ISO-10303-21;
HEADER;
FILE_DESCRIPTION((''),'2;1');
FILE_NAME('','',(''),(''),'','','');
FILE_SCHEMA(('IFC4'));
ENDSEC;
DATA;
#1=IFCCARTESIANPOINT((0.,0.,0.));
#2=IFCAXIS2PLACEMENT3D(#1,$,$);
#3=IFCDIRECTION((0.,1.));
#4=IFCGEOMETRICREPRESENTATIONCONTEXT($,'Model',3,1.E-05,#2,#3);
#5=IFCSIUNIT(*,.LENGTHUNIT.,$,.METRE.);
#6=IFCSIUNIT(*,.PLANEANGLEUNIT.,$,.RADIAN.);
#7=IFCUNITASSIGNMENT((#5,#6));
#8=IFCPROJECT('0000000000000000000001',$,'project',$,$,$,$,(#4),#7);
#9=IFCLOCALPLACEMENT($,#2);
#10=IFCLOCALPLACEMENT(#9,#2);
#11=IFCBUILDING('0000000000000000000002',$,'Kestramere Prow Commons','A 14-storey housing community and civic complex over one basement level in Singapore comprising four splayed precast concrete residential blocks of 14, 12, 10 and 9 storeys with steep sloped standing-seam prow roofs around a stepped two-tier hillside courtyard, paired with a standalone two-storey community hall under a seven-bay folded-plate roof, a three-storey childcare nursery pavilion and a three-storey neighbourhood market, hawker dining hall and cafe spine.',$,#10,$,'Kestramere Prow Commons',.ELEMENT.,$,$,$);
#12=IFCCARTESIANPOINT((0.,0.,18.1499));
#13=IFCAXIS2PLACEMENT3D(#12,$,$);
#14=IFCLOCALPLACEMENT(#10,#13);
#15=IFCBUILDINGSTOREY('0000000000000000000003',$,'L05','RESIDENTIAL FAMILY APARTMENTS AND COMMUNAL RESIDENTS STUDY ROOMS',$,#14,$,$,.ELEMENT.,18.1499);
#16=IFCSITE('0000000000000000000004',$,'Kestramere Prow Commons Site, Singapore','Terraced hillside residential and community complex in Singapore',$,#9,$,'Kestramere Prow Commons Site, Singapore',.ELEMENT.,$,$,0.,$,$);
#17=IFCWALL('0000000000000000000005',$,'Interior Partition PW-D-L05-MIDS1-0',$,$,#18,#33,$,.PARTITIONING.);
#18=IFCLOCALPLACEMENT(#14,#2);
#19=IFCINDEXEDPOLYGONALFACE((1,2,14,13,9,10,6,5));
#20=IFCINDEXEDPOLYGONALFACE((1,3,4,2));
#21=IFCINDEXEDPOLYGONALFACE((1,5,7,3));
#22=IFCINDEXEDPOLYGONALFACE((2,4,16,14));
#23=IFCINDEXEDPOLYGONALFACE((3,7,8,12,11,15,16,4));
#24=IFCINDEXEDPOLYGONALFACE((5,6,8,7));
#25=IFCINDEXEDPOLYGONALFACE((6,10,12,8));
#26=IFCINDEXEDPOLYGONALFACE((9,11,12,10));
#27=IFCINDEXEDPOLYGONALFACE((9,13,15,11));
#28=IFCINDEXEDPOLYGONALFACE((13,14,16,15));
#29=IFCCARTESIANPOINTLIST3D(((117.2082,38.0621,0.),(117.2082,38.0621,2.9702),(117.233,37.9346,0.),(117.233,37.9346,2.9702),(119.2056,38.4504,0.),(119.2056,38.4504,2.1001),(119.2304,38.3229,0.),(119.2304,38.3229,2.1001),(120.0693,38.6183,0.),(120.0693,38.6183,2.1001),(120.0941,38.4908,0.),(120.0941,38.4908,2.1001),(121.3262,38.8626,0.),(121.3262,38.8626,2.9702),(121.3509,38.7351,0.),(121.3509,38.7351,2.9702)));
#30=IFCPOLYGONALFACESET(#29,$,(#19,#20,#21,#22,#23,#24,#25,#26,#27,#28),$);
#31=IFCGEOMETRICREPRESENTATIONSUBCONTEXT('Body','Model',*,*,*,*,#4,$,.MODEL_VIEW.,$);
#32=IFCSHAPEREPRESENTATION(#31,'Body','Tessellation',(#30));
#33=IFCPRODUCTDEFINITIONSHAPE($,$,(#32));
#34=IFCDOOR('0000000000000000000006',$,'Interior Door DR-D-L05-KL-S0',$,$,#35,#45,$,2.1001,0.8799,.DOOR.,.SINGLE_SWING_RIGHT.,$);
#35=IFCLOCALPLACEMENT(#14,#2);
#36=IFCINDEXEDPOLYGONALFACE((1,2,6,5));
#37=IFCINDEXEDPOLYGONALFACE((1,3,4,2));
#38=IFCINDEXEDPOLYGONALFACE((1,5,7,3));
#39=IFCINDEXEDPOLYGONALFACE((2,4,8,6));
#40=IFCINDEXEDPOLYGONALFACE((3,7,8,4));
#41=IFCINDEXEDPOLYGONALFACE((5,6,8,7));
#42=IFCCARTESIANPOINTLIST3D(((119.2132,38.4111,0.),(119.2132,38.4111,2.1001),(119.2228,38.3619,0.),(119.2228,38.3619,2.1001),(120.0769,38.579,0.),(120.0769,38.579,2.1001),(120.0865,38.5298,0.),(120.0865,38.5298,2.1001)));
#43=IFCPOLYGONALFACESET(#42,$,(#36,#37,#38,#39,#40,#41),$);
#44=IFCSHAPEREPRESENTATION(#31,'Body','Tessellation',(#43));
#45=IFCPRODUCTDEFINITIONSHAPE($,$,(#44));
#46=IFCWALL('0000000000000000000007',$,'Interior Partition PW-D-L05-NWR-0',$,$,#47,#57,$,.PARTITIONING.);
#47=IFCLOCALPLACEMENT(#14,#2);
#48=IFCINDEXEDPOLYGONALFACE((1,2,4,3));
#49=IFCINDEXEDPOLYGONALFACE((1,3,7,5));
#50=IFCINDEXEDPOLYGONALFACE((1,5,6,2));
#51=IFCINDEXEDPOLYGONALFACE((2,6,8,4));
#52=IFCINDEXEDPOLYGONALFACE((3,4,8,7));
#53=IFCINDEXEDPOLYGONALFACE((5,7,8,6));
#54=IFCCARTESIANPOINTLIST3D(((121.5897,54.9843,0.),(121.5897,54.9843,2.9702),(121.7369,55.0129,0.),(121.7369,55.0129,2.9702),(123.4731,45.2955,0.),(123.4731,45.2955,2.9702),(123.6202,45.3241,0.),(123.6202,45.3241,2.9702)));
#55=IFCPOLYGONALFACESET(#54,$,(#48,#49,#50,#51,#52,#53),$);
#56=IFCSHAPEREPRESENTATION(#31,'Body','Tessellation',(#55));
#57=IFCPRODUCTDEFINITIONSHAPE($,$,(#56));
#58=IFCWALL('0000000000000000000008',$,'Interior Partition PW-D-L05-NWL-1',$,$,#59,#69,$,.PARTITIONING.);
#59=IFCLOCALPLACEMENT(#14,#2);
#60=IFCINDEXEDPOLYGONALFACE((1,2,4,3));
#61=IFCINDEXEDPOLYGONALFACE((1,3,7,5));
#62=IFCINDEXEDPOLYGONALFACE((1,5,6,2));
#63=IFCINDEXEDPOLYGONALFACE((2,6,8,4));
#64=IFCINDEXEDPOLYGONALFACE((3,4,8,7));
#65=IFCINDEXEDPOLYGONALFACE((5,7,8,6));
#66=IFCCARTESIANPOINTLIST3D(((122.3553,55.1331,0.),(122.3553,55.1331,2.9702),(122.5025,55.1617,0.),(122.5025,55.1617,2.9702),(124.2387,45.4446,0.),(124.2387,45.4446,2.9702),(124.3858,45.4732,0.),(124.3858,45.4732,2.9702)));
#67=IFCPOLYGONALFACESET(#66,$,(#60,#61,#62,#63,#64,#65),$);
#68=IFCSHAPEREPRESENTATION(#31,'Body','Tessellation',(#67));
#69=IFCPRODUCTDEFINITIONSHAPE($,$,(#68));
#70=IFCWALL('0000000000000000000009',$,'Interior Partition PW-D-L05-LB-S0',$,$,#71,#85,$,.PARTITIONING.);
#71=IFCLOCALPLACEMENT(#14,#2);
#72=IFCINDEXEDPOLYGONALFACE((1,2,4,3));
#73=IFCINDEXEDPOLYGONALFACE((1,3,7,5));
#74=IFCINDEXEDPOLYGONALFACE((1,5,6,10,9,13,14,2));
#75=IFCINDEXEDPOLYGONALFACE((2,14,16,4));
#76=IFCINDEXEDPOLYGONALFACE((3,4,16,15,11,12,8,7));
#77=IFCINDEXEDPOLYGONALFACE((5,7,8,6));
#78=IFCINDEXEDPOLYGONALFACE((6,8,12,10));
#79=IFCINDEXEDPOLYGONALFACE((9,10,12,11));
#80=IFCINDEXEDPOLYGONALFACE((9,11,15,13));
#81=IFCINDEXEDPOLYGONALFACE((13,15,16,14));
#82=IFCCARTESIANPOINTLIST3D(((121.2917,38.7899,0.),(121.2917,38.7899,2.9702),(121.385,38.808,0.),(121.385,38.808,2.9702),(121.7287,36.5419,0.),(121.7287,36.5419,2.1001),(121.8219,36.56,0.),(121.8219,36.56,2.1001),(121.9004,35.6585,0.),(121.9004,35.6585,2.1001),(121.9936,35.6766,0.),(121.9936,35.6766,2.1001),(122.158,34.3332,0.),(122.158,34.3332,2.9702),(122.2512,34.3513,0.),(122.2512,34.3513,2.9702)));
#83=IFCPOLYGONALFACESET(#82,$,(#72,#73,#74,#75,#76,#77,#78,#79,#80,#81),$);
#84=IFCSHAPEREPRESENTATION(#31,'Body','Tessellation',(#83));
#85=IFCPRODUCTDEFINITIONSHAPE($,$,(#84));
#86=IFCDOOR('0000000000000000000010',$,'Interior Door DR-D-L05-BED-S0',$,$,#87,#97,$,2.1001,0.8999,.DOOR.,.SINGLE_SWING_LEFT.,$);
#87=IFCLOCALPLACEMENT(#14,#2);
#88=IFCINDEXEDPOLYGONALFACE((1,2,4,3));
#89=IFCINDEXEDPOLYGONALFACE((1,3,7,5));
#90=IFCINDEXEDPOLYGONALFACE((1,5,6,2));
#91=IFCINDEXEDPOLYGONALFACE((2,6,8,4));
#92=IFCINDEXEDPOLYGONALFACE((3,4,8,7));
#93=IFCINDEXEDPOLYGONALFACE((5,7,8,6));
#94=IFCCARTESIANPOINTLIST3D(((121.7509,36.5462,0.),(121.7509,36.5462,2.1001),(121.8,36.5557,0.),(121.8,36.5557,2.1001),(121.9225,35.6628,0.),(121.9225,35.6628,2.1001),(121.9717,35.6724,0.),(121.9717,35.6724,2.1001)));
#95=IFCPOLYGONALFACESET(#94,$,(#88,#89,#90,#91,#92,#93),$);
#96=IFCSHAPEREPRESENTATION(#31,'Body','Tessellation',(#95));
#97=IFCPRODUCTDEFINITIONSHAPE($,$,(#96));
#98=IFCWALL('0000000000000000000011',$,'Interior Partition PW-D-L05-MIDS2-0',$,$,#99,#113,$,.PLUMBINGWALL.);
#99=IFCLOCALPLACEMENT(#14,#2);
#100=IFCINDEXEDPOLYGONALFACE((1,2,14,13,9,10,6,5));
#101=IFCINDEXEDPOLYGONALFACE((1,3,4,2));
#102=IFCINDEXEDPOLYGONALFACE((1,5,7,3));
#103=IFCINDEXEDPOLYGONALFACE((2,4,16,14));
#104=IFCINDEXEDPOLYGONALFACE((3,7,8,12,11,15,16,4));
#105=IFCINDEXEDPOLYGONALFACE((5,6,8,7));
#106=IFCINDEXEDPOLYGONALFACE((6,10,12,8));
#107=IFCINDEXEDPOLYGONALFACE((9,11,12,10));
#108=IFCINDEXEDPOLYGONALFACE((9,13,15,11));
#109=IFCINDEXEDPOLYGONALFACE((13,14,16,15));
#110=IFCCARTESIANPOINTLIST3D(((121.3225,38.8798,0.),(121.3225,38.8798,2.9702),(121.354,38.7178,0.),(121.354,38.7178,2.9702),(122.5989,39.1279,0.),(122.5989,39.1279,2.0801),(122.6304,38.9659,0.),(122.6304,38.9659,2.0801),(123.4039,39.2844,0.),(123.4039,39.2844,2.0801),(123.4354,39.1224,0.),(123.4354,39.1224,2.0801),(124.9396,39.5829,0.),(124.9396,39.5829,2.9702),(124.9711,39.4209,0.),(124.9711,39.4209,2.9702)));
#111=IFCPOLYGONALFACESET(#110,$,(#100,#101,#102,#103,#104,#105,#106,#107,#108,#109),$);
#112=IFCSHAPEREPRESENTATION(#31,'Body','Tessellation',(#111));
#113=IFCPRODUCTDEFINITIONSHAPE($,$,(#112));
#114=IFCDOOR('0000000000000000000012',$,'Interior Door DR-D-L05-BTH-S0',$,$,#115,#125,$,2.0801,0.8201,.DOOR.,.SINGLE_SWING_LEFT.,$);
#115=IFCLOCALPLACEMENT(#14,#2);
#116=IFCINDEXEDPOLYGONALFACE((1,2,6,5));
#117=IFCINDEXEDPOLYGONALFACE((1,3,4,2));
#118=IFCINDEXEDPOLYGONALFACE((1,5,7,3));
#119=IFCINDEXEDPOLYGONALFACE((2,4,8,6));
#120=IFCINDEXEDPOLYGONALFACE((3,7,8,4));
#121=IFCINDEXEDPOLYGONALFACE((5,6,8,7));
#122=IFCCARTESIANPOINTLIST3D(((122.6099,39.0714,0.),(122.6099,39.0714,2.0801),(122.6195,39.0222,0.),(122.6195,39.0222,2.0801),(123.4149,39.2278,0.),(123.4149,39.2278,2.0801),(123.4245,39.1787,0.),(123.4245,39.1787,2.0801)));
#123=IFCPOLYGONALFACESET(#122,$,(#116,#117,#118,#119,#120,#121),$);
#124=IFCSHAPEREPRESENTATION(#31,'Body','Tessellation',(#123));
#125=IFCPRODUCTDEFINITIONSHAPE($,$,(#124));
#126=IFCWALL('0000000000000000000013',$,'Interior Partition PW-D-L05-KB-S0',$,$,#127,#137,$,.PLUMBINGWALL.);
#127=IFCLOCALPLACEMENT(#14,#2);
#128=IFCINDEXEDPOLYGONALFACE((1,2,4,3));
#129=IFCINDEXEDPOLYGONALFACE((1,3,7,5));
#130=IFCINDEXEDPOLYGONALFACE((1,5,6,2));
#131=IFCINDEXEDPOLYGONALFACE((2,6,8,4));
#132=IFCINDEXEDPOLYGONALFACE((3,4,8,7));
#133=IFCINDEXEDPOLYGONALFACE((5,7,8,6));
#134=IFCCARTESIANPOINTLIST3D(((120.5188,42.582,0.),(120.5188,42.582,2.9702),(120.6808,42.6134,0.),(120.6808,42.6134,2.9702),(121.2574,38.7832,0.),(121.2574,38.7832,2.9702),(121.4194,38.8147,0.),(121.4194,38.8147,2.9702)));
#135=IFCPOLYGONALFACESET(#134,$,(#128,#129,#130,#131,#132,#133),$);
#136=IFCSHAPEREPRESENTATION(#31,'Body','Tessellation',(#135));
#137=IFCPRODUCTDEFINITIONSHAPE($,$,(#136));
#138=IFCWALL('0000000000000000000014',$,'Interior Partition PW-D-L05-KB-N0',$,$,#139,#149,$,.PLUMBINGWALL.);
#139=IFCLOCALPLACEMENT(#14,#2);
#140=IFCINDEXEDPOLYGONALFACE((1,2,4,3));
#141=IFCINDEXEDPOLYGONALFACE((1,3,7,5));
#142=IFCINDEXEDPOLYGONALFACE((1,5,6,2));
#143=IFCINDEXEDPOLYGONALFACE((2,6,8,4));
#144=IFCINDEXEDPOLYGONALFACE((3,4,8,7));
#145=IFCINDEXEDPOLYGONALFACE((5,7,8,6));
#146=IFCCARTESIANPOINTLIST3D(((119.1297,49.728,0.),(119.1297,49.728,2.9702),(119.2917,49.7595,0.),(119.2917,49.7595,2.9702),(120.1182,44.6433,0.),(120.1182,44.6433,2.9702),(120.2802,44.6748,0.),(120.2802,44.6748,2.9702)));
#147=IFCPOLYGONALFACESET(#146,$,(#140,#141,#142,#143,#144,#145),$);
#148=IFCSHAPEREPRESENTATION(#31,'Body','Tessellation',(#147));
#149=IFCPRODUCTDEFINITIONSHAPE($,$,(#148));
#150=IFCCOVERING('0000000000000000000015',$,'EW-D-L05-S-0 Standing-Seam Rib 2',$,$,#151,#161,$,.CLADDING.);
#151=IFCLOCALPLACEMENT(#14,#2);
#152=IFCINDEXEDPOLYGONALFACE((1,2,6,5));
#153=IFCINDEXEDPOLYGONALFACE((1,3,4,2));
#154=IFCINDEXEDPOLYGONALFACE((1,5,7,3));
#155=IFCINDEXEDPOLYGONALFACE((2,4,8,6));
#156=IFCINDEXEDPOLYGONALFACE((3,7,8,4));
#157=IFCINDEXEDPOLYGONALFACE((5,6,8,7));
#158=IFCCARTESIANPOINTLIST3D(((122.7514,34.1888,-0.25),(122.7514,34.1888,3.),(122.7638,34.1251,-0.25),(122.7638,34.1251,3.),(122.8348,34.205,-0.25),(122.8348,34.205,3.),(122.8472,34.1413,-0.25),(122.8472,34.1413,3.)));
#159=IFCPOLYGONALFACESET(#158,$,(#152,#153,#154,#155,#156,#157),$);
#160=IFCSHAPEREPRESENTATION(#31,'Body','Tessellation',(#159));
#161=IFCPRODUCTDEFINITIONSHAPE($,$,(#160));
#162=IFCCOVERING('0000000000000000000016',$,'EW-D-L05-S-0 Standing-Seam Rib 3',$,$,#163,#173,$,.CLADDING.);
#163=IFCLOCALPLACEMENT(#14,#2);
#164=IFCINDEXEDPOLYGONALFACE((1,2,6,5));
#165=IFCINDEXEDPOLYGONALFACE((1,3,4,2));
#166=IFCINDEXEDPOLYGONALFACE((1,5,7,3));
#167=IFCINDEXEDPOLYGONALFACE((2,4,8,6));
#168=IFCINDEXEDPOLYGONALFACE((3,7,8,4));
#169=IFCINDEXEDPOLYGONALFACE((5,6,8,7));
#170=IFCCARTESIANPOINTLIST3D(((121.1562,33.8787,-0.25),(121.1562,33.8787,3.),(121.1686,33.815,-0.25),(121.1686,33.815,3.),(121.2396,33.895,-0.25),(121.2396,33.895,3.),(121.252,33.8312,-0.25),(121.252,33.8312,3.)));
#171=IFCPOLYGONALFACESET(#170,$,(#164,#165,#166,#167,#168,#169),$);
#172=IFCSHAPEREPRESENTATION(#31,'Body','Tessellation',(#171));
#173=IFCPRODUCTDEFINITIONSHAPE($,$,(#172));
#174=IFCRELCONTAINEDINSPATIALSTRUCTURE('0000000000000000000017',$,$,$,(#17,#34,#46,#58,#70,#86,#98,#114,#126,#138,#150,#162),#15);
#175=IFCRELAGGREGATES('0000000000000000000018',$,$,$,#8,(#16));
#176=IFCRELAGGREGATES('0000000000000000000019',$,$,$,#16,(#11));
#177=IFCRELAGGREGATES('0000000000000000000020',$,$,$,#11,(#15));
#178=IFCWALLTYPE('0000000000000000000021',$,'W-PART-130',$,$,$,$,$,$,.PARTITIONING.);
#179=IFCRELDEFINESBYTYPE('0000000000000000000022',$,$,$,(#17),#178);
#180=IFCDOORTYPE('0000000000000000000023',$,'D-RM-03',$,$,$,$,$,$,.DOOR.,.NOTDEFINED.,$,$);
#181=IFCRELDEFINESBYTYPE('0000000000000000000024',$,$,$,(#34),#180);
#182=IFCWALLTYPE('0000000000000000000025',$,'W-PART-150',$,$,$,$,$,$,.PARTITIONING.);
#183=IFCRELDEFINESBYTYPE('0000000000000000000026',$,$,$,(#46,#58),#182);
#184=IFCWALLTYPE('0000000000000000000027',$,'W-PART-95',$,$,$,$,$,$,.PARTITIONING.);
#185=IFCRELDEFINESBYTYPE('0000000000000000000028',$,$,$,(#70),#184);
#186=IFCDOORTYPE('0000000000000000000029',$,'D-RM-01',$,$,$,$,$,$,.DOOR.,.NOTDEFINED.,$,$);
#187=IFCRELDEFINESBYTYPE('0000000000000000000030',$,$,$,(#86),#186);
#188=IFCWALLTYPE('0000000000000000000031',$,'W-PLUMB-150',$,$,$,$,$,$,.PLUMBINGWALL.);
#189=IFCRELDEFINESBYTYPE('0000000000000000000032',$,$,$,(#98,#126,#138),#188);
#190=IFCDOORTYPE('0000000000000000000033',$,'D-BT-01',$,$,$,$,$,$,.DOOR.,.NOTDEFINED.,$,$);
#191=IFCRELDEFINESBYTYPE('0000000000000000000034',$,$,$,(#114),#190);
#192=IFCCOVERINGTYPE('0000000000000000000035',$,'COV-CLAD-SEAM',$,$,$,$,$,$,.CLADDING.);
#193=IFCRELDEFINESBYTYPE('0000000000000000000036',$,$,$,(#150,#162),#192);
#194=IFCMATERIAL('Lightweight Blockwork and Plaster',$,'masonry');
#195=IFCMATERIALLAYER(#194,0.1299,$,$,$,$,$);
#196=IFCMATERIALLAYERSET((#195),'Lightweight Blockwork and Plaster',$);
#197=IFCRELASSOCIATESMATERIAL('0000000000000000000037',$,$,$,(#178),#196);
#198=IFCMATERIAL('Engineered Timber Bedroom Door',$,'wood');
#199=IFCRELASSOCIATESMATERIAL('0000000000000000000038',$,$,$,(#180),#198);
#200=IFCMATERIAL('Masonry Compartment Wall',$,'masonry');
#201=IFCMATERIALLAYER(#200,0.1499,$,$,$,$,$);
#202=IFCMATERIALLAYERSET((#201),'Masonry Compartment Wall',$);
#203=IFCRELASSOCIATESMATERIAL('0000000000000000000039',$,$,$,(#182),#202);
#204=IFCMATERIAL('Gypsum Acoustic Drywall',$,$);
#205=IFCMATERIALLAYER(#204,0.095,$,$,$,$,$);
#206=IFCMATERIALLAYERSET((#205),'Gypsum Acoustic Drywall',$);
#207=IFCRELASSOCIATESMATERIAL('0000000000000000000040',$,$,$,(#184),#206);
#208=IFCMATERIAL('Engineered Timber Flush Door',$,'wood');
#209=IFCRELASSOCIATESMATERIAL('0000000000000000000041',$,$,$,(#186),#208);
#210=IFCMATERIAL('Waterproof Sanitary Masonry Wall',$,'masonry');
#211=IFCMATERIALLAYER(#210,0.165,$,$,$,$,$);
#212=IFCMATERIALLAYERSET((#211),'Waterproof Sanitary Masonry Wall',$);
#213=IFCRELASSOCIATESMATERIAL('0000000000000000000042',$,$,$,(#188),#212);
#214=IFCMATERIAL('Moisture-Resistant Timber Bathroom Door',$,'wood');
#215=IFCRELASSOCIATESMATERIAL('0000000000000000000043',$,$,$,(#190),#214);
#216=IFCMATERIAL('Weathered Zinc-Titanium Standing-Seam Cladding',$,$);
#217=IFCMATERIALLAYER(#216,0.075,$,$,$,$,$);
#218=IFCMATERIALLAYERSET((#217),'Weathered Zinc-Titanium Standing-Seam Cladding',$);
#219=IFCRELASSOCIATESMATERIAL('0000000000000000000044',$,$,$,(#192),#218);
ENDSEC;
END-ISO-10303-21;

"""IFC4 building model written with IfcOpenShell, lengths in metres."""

from ifc_helpers import new_model, si_unit, direction, frame, frame_2d, origin, origin_2d, place, context, subcontext, project, spatial, rectangle, extrude, material, layer, layer_set, type_object, element, fill, save


model = new_model("IFC4")

# Units and contexts
model_context = context("Model", 3, precision=1e-05, world=origin(), true_north=direction((0.0, 1.0)))
body_context = subcontext(model_context, "Body", "Model", "MODEL_VIEW")
ifc_project = project(units=[si_unit("LENGTHUNIT", "METRE"), si_unit("PLANEANGLEUNIT", "RADIAN")], contexts=[model_context])

# Site, building, storey
site_placement = place(None, origin())
site = spatial("IfcSite", under=ifc_project, at=site_placement, Name="Kestramere Prow Commons Site, Singapore", Description="Terraced hillside residential and community complex in Singapore", LongName="Kestramere Prow Commons Site, Singapore", CompositionType="ELEMENT", RefElevation=0.0)
building_placement = place(site_placement, origin())
building = spatial("IfcBuilding", under=site, at=building_placement, Name="Kestramere Prow Commons", Description="A 14-storey housing community and civic complex over one basement level in Singapore comprising four splayed precast concrete residential blocks of 14, 12, 10 and 9 storeys with steep sloped standing-seam prow roofs around a stepped two-tier hillside courtyard, paired with a standalone two-storey community hall under a seven-bay folded-plate roof, a three-storey childcare nursery pavilion and a three-storey neighbourhood market, hawker dining hall and cafe spine.", LongName="Kestramere Prow Commons", CompositionType="ELEMENT")
storey_placement = place(building_placement, frame((0.0, 0.0, 18.1499)))
storey = spatial("IfcBuildingStorey", under=building, at=storey_placement, Name="L05", Description="RESIDENTIAL FAMILY APARTMENTS AND COMMUNAL RESIDENTS STUDY ROOMS", CompositionType="ELEMENT", Elevation=18.1499)

# Wall, opening, door
ifc_material_1 = material(Name="Lightweight Blockwork and Plaster", Category="masonry")
ifc_layer_1 = layer(ifc_material_1, 0.1299)
ifc_layer_set_1 = layer_set([ifc_layer_1], Name="Lightweight Blockwork and Plaster")
wall_type_1 = type_object("IfcWallType", Name="W-PART-130", PredefinedType="PARTITIONING", material=ifc_layer_set_1)
wall_1_placement = place(storey_placement, frame((117.2205, 37.9983, 0.0), z_axis=(0.0, 0.0, 1.0), x_axis=(0.981623, 0.190831, 0.0)))
wall_1 = element("IfcWall", 1, at=wall_1_placement, inside=storey, type_object=wall_type_1, Name="Interior Partition PW-D-L05-MIDS1-0", PredefinedType="PARTITIONING", context=body_context, shape_type="SweptSolid", body=[
    extrude(rectangle(XDim=4.1951, YDim=0.1299, at=frame_2d((2.0977, 0.0))), origin(), (0.0, 0.0, 1.0), 2.9702),
])
opening_1_placement = place(wall_1_placement, frame((2.0349, 0.0, 0.0)))
opening_1 = element("IfcOpeningElement", 2, at=opening_1_placement, cuts=wall_1, PredefinedType="OPENING", context=body_context, shape_type="SweptSolid", body=[
    extrude(rectangle(XDim=0.8799, YDim=2.1001, at=frame_2d((0.4399, 1.05))), frame((0.0, 0.0798, 0.0), z_axis=(0.0, -1.0, 0.0), x_axis=(1.0, 0.0, 0.0)), (0.0, 0.0, 1.0), 0.1599),
])
ifc_material_2 = material(Name="Engineered Timber Bedroom Door", Category="wood")
door_type_1 = type_object("IfcDoorType", Name="D-RM-03", OperationType="NOTDEFINED", PredefinedType="DOOR", material=ifc_material_2)
door_1_placement = place(opening_1_placement, origin())
door_1 = element("IfcDoor", 3, at=door_1_placement, inside=storey, type_object=door_type_1, Name="Interior Door DR-D-L05-KL-S0", OperationType="SINGLE_SWING_RIGHT", OverallHeight=2.1001, OverallWidth=0.8799, PredefinedType="DOOR", context=body_context, shape_type="SweptSolid", body=[
    extrude(rectangle(XDim=0.8799, YDim=2.1001, at=frame_2d((0.4399, 1.05))), frame((0.0, 0.0249, 0.0), z_axis=(0.0, -1.0, 0.0), x_axis=(1.0, 0.0, 0.0)), (0.0, 0.0, 1.0), 0.05),
])
fill(opening_1, door_1)

# Walls
ifc_material_3 = material(Name="Masonry Compartment Wall", Category="masonry")
ifc_layer_2 = layer(ifc_material_3, 0.1499)
ifc_layer_set_2 = layer_set([ifc_layer_2], Name="Masonry Compartment Wall")
wall_type_2 = type_object("IfcWallType", Name="W-PART-150", PredefinedType="PARTITIONING", material=ifc_layer_set_2)
wall_2_placement = place(storey_placement, frame((123.5466, 45.3098, 0.0), z_axis=(0.0, 0.0, 1.0), x_axis=(-0.190809, 0.981627, 0.0)))
element("IfcWall", 4, at=wall_2_placement, inside=storey, type_object=wall_type_2, Name="Interior Partition PW-D-L05-NWR-0", PredefinedType="PARTITIONING", context=body_context, shape_type="SweptSolid", body=[
    extrude(rectangle(XDim=9.8701, YDim=0.1499, at=frame_2d((4.9351, 0.0))), origin(), (0.0, 0.0, 1.0), 2.9702),
])
wall_3_placement = place(storey_placement, frame((124.3123, 45.4587, 0.0), z_axis=(0.0, 0.0, 1.0), x_axis=(-0.190814, 0.981626, 0.0)))
element("IfcWall", 5, at=wall_3_placement, inside=storey, type_object=wall_type_2, Name="Interior Partition PW-D-L05-NWL-1", PredefinedType="PARTITIONING", context=body_context, shape_type="SweptSolid", body=[
    extrude(rectangle(XDim=9.8699, YDim=0.1499, at=frame_2d((4.9351, 0.0))), origin(), (0.0, 0.0, 1.0), 2.9702),
])

# Walls, openings, doors
ifc_material_4 = material(Name="Gypsum Acoustic Drywall")
ifc_layer_3 = layer(ifc_material_4, 0.095)
ifc_layer_set_3 = layer_set([ifc_layer_3], Name="Gypsum Acoustic Drywall")
wall_type_3 = type_object("IfcWallType", Name="W-PART-95", PredefinedType="PARTITIONING", material=ifc_layer_set_3)
wall_4_placement = place(storey_placement, frame((122.2046, 34.3423, 0.0), z_axis=(0.0, 0.0, 1.0), x_axis=(-0.190798, 0.981629, 0.0)))
wall_4 = element("IfcWall", 6, at=wall_4_placement, inside=storey, type_object=wall_type_3, Name="Interior Partition PW-D-L05-LB-S0", PredefinedType="PARTITIONING", context=body_context, shape_type="SweptSolid", body=[
    extrude(rectangle(XDim=4.54, YDim=0.095, at=frame_2d((2.27, 0.0))), origin(), (0.0, 0.0, 1.0), 2.9702),
])
opening_2_placement = place(wall_4_placement, frame((1.3501, 0.0, 0.0)))
opening_2 = element("IfcOpeningElement", 7, at=opening_2_placement, cuts=wall_4, PredefinedType="OPENING", context=body_context, shape_type="SweptSolid", body=[
    extrude(rectangle(XDim=0.8999, YDim=2.1001, at=frame_2d((0.45, 1.05))), frame((0.0, 0.0625, 0.0), z_axis=(0.0, -1.0, 0.0), x_axis=(1.0, 0.0, 0.0)), (0.0, 0.0, 1.0), 0.125),
])
ifc_material_5 = material(Name="Engineered Timber Flush Door", Category="wood")
door_type_2 = type_object("IfcDoorType", Name="D-RM-01", OperationType="NOTDEFINED", PredefinedType="DOOR", material=ifc_material_5)
door_2_placement = place(opening_2_placement, origin())
door_2 = element("IfcDoor", 8, at=door_2_placement, inside=storey, type_object=door_type_2, Name="Interior Door DR-D-L05-BED-S0", OperationType="SINGLE_SWING_LEFT", OverallHeight=2.1001, OverallWidth=0.8999, PredefinedType="DOOR", context=body_context, shape_type="SweptSolid", body=[
    extrude(rectangle(XDim=0.8999, YDim=2.1001, at=frame_2d((0.45, 1.05))), frame((0.0, 0.0249, 0.0), z_axis=(0.0, -1.0, 0.0), x_axis=(1.0, 0.0, 0.0)), (0.0, 0.0, 1.0), 0.05),
])
fill(opening_2, door_2)
ifc_material_6 = material(Name="Waterproof Sanitary Masonry Wall", Category="masonry")
ifc_layer_4 = layer(ifc_material_6, 0.165)
ifc_layer_set_4 = layer_set([ifc_layer_4], Name="Waterproof Sanitary Masonry Wall")
wall_type_4 = type_object("IfcWallType", Name="W-PLUMB-150", PredefinedType="PLUMBINGWALL", material=ifc_layer_set_4)
wall_5_placement = place(storey_placement, frame((121.3384, 38.7988, 0.0), z_axis=(0.0, 0.0, 1.0), x_axis=(0.981626, 0.190813, 0.0)))
wall_5 = element("IfcWall", 9, at=wall_5_placement, inside=storey, type_object=wall_type_4, Name="Interior Partition PW-D-L05-MIDS2-0", PredefinedType="PLUMBINGWALL", context=body_context, shape_type="SweptSolid", body=[
    extrude(rectangle(XDim=3.6848, YDim=0.165, at=frame_2d((1.8423, 0.0))), origin(), (0.0, 0.0, 1.0), 2.9702),
])
opening_3_placement = place(wall_5_placement, frame((1.3, 0.0, 0.0)))
opening_3 = element("IfcOpeningElement", 10, at=opening_3_placement, cuts=wall_5, PredefinedType="OPENING", context=body_context, shape_type="SweptSolid", body=[
    extrude(rectangle(XDim=0.8201, YDim=2.0801, at=frame_2d((0.4102, 1.04))), frame((0.0, 0.0974, 0.0), z_axis=(0.0, -1.0, 0.0), x_axis=(1.0, 0.0, 0.0)), (0.0, 0.0, 1.0), 0.1951),
])
ifc_material_7 = material(Name="Moisture-Resistant Timber Bathroom Door", Category="wood")
door_type_3 = type_object("IfcDoorType", Name="D-BT-01", OperationType="NOTDEFINED", PredefinedType="DOOR", material=ifc_material_7)
door_3_placement = place(opening_3_placement, origin())
door_3 = element("IfcDoor", 11, at=door_3_placement, inside=storey, type_object=door_type_3, Name="Interior Door DR-D-L05-BTH-S0", OperationType="SINGLE_SWING_LEFT", OverallHeight=2.0801, OverallWidth=0.8201, PredefinedType="DOOR", context=body_context, shape_type="SweptSolid", body=[
    extrude(rectangle(XDim=0.8201, YDim=2.0801, at=frame_2d((0.4102, 1.04))), frame((0.0, 0.0249, 0.0), z_axis=(0.0, -1.0, 0.0), x_axis=(1.0, 0.0, 0.0)), (0.0, 0.0, 1.0), 0.05),
])
fill(opening_3, door_3)

# Walls
wall_6_placement = place(storey_placement, frame((121.3384, 38.7988, 0.0), z_axis=(0.0, 0.0, 1.0), x_axis=(-0.190836, 0.981622, 0.0)))
element("IfcWall", 12, at=wall_6_placement, inside=storey, type_object=wall_type_4, Name="Interior Partition PW-D-L05-KB-S0", PredefinedType="PLUMBINGWALL", context=body_context, shape_type="SweptSolid", body=[
    extrude(rectangle(XDim=3.8699, YDim=0.165, at=frame_2d((1.9351, 0.0))), origin(), (0.0, 0.0, 1.0), 2.9702),
])
wall_7_placement = place(storey_placement, frame((120.1992, 44.6592, 0.0), z_axis=(0.0, 0.0, 1.0), x_axis=(-0.190838, 0.981622, 0.0)))
element("IfcWall", 13, at=wall_7_placement, inside=storey, type_object=wall_type_4, Name="Interior Partition PW-D-L05-KB-N0", PredefinedType="PLUMBINGWALL", context=body_context, shape_type="SweptSolid", body=[
    extrude(rectangle(XDim=5.1799, YDim=0.165, at=frame_2d((2.5898, 0.0))), origin(), (0.0, 0.0, 1.0), 2.9702),
])

# Coverings
ifc_material_8 = material(Name="Weathered Zinc-Titanium Standing-Seam Cladding")
ifc_layer_5 = layer(ifc_material_8, 0.075)
ifc_layer_set_5 = layer_set([ifc_layer_5], Name="Weathered Zinc-Titanium Standing-Seam Cladding")
covering_type = type_object("IfcCoveringType", Name="COV-CLAD-SEAM", PredefinedType="CLADDING", material=ifc_layer_set_5)
for number, where, z_axis, x_axis, name in (
    (14, (122.7993, 34.165, -0.25), (0.0, 0.0, 1.0), (-0.981627, -0.190809, 0.0), "EW-D-L05-S-0 Standing-Seam Rib 2"),
    (15, (121.2041, 33.855, -0.25), (0.0, 0.0, 1.0), (-0.981627, -0.190809, 0.0), "EW-D-L05-S-0 Standing-Seam Rib 3"),
):
    element("IfcCovering", number, at=place(storey_placement, frame(where, z_axis=z_axis, x_axis=x_axis)), inside=storey, type_object=covering_type, Name=name, PredefinedType="CLADDING", context=body_context, shape_type="SweptSolid", body=[
        extrude(rectangle(XDim=0.085, YDim=0.0649, at=origin_2d()), origin(), (0.0, 0.0, 1.0), 3.25),
    ])

save(model, "model.ifc")
